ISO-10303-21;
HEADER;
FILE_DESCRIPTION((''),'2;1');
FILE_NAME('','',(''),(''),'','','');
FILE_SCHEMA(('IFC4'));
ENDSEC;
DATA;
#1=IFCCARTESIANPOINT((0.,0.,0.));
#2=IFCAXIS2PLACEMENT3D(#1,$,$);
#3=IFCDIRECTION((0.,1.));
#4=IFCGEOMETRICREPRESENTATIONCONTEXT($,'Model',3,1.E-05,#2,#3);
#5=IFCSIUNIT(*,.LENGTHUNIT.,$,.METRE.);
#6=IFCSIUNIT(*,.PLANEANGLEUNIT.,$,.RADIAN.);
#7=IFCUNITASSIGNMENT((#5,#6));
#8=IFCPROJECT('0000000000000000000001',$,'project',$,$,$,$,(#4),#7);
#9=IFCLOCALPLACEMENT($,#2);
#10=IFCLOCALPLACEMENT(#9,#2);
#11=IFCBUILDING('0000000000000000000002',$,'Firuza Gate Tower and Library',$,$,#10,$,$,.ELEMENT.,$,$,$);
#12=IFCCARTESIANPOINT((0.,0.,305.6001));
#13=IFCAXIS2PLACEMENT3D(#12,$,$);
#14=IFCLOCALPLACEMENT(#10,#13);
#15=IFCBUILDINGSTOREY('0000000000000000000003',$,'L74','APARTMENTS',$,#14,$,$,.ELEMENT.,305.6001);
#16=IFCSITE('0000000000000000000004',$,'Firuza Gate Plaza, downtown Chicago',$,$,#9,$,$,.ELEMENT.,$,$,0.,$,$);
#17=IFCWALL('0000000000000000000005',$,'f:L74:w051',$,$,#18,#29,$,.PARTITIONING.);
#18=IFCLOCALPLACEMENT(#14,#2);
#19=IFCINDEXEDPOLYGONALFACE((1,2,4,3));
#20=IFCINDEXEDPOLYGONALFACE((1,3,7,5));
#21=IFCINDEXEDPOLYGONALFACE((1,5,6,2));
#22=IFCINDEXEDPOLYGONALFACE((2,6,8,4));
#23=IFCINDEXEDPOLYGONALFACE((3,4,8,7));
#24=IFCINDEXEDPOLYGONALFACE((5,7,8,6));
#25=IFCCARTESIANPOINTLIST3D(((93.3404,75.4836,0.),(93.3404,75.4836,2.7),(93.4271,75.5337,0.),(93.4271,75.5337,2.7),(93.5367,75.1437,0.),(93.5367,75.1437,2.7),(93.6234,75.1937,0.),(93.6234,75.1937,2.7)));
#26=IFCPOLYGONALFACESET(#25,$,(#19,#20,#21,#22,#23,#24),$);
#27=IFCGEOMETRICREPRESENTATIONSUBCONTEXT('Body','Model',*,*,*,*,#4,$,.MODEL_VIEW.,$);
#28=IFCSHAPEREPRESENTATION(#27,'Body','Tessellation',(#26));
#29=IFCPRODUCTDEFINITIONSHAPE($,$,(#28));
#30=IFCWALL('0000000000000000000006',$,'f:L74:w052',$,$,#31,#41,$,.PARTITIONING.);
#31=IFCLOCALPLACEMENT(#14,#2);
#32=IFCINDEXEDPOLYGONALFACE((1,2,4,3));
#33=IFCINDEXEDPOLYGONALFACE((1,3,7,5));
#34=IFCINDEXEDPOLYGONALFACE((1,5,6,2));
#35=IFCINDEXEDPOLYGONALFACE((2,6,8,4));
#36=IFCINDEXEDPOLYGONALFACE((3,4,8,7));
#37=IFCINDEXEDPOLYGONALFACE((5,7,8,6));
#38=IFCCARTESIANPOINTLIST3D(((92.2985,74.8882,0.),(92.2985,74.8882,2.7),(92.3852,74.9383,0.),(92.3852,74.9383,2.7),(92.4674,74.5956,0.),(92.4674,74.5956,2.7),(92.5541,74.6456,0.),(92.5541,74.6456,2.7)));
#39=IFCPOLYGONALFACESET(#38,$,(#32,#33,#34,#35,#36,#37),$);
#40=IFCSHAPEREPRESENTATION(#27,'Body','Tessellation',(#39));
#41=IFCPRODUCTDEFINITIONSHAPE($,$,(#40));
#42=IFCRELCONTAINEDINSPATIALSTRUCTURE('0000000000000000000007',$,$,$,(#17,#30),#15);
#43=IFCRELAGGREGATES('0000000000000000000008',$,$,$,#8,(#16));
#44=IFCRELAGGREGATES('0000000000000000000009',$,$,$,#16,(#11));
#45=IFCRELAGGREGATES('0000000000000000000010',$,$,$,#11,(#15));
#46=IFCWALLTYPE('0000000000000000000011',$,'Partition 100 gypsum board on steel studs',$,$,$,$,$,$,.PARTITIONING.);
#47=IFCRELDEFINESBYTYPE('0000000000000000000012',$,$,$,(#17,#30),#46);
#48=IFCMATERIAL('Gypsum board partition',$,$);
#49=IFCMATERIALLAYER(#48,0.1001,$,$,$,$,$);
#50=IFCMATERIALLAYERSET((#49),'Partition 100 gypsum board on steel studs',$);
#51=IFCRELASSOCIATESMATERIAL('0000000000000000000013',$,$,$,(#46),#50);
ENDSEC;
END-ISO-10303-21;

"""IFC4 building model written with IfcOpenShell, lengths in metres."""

from ifc_helpers import new_model, si_unit, direction, frame, frame_2d, origin, place, context, subcontext, project, spatial, rectangle, extrude, material, layer, layer_set, type_object, element, save


model = new_model("IFC4")

# Units and contexts
model_context = context("Model", 3, precision=1e-05, world=origin(), true_north=direction((0.0, 1.0)))
body_context = subcontext(model_context, "Body", "Model", "MODEL_VIEW")
ifc_project = project(units=[si_unit("LENGTHUNIT", "METRE"), si_unit("PLANEANGLEUNIT", "RADIAN")], contexts=[model_context])

# Site, building, storey
site_placement = place(None, origin())
site = spatial("IfcSite", under=ifc_project, at=site_placement, Name="Firuza Gate Plaza, downtown Chicago", CompositionType="ELEMENT", RefElevation=0.0)
building_placement = place(site_placement, origin())
building = spatial("IfcBuilding", under=site, at=building_placement, Name="Firuza Gate Tower and Library", CompositionType="ELEMENT")
storey_placement = place(building_placement, frame((0.0, 0.0, 305.6001)))
storey = spatial("IfcBuildingStorey", under=building, at=storey_placement, Name="L74", Description="APARTMENTS", CompositionType="ELEMENT", Elevation=305.6001)

# Walls
ifc_material_1 = material(Name="Gypsum board partition")
ifc_layer_1 = layer(ifc_material_1, 0.1001)
ifc_layer_set_1 = layer_set([ifc_layer_1], Name="Partition 100 gypsum board on steel studs")
wall_type = type_object("IfcWallType", Name="Partition 100 gypsum board on steel studs", PredefinedType="PARTITIONING", material=ifc_layer_set_1)
wall_1_placement = place(storey_placement, frame((93.5801, 75.1687, 0.0), z_axis=(0.0, 0.0, 1.0), x_axis=(-0.500153, 0.865937, 0.0)))
element("IfcWall", 1, at=wall_1_placement, inside=storey, type_object=wall_type, Name="f:L74:w051", PredefinedType="PARTITIONING", context=body_context, shape_type="SweptSolid", body=[
    extrude(rectangle(XDim=0.3926, YDim=0.1001, at=frame_2d((0.1963, 0.0))), origin(), (0.0, 0.0, 1.0), 2.7),
])
wall_2_placement = place(storey_placement, frame((92.5107, 74.6206, 0.0), z_axis=(0.0, 0.0, 1.0), x_axis=(-0.499868, 0.866101, 0.0)))
element("IfcWall", 2, at=wall_2_placement, inside=storey, type_object=wall_type, Name="f:L74:w052", PredefinedType="PARTITIONING", context=body_context, shape_type="SweptSolid", body=[
    extrude(rectangle(XDim=0.3379, YDim=0.1001, at=frame_2d((0.1689, 0.0))), origin(), (0.0, 0.0, 1.0), 2.7),
])

save(model, "model.ifc")
